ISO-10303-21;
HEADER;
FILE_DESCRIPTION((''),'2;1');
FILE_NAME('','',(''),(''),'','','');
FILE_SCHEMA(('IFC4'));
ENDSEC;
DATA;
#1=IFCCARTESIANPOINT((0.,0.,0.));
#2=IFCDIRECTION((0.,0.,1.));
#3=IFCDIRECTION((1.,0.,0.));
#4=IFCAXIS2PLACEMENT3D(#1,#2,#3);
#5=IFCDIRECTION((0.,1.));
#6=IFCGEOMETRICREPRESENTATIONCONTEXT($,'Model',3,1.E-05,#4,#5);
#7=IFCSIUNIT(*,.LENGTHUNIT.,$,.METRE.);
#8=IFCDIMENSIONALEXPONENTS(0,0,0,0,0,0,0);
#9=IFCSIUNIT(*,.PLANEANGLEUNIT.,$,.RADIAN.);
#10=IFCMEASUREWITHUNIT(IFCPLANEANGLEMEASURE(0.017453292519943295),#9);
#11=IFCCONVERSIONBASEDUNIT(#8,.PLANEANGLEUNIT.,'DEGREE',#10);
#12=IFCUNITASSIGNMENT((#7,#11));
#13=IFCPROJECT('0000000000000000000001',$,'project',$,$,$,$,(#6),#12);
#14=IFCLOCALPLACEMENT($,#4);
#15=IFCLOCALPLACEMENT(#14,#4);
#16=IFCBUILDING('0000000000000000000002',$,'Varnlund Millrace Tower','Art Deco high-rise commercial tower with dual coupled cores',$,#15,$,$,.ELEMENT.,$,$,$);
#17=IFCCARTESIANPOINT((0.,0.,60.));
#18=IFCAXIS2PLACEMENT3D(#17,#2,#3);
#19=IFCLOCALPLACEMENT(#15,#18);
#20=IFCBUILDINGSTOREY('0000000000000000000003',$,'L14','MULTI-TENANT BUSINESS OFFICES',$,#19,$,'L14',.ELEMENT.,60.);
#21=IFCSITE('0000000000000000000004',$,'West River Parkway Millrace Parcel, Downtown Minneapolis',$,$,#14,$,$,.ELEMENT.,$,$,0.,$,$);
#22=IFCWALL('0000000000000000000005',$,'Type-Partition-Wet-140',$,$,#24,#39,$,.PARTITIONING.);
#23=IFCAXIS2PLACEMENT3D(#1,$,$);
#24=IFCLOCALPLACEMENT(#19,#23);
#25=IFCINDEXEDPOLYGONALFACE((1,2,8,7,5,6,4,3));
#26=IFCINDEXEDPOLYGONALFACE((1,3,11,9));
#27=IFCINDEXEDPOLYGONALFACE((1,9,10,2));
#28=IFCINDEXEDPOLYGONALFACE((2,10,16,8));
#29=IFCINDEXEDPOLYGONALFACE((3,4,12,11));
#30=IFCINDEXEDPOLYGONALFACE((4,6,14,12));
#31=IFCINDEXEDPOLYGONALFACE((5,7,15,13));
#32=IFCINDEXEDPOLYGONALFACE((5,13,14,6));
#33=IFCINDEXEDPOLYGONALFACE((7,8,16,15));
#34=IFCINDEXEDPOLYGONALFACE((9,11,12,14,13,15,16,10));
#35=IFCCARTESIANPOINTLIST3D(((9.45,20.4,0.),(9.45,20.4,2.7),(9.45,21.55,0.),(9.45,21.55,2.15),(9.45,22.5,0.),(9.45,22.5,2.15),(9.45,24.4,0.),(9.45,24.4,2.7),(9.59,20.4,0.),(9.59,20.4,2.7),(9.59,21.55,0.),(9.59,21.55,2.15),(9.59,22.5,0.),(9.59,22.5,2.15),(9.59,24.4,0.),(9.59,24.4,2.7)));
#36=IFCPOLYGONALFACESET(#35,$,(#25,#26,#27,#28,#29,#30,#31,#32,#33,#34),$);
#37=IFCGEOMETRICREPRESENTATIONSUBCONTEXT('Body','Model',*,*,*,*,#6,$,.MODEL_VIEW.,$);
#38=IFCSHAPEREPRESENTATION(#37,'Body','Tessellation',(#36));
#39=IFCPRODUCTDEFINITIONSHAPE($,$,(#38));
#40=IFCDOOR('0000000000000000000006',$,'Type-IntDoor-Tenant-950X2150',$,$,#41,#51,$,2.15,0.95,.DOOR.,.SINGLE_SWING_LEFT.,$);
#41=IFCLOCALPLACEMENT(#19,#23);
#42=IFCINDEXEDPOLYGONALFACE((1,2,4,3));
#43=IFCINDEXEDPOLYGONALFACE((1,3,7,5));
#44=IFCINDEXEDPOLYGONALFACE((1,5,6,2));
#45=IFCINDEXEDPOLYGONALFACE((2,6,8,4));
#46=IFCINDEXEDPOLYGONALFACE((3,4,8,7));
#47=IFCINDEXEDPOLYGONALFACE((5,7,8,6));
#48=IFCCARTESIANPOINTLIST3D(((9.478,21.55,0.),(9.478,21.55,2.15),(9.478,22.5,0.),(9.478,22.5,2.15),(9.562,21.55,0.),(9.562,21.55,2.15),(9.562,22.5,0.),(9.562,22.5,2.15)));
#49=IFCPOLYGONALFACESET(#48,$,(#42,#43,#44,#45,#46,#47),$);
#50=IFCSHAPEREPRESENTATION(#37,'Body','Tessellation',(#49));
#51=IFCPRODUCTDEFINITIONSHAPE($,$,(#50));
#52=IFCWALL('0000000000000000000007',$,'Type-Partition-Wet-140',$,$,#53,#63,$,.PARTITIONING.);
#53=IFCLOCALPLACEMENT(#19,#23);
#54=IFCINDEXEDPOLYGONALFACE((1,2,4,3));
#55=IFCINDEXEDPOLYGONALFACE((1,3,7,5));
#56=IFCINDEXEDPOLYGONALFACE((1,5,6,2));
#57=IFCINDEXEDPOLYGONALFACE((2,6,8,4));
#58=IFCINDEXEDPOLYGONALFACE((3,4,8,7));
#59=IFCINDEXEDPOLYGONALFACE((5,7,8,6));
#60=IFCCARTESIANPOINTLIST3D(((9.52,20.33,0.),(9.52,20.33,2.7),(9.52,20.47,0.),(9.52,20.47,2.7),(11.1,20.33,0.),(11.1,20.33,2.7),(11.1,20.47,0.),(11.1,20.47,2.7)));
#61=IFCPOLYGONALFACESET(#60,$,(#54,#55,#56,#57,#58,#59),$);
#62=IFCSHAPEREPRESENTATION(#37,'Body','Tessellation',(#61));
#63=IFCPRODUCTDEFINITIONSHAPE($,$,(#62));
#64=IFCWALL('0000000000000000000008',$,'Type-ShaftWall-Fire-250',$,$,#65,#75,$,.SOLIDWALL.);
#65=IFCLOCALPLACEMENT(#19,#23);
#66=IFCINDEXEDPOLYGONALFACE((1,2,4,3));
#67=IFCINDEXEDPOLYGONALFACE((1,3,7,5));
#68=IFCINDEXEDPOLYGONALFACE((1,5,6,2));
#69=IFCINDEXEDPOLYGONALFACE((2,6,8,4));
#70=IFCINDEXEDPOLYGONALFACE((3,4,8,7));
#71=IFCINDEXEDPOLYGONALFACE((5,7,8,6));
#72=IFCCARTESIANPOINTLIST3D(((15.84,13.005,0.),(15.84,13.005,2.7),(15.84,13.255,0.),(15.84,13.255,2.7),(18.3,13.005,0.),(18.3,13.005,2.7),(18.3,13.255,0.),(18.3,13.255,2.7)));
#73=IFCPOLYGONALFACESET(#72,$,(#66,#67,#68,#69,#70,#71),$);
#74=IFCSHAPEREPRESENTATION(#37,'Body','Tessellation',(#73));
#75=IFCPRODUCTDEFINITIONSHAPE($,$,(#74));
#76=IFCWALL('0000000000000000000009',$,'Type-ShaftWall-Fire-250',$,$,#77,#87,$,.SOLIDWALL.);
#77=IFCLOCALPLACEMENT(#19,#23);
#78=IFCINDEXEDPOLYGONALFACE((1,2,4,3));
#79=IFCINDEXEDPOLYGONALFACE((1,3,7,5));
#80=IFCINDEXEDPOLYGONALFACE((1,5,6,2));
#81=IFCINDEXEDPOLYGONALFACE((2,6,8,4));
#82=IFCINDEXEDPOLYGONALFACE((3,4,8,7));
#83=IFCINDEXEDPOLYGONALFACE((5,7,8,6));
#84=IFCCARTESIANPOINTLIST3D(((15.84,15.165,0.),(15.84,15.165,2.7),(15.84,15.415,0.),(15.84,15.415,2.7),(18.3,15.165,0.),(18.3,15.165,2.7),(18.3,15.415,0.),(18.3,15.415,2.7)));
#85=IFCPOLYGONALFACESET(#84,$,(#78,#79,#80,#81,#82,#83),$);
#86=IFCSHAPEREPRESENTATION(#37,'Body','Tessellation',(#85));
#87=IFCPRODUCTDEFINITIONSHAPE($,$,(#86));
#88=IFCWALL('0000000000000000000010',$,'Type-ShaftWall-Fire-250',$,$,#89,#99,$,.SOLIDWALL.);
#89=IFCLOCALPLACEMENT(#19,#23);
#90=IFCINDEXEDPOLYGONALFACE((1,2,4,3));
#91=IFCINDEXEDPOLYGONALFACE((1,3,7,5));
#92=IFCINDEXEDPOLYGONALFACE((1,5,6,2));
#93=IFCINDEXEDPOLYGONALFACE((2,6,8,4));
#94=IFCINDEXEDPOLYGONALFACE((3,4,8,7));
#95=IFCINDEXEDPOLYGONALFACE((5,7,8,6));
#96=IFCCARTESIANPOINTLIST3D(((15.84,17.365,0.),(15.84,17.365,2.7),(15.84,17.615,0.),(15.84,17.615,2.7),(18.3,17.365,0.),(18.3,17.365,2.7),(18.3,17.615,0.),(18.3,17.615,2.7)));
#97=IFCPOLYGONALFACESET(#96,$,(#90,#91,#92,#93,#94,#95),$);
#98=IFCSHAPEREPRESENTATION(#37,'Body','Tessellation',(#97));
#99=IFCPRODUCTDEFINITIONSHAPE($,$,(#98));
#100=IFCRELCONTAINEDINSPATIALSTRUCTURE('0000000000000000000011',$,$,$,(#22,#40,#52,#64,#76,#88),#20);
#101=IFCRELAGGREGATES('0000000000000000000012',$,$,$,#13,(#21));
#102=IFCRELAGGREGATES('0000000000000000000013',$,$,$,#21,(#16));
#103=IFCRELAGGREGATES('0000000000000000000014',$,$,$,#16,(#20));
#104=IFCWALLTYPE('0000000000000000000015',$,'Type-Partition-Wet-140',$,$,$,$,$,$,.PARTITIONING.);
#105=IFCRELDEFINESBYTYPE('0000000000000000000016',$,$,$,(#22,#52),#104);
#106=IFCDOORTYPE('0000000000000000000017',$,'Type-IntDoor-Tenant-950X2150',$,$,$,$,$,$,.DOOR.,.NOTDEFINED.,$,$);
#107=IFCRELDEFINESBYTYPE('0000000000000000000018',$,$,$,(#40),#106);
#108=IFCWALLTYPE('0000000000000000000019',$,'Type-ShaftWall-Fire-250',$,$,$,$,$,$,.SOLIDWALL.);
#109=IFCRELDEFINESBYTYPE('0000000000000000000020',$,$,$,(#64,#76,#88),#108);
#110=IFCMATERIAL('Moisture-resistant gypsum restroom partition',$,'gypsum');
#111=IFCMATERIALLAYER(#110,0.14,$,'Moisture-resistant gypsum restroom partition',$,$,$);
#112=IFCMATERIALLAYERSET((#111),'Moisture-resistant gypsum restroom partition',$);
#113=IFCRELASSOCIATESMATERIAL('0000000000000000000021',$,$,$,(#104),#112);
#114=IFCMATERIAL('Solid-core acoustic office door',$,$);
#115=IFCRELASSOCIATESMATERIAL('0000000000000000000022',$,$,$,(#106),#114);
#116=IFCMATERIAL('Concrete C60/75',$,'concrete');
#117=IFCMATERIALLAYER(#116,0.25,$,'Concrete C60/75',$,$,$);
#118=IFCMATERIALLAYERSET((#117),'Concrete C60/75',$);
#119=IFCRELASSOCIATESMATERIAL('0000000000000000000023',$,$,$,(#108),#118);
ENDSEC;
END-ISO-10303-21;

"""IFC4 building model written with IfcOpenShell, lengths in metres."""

from ifc_helpers import new_model, entity, si_unit, converted_unit, direction, frame, origin_with_axes, origin_2d_with_axis, place, context, subcontext, project, spatial, polyline, rectangle, outline, extrude, material, layer, layer_set, type_object, element, fill, save


model = new_model("IFC4")

# Units and contexts
model_context = context("Model", 3, precision=1e-05, world=origin_with_axes(), true_north=direction((0.0, 1.0)))
body_context = subcontext(model_context, "Body", "Model", "MODEL_VIEW")
ifc_project = project(units=[si_unit("LENGTHUNIT", "METRE"), converted_unit("PLANEANGLEUNIT", "DEGREE", entity("IfcPlaneAngleMeasure", 0.017453292519943295), si_unit("PLANEANGLEUNIT", "RADIAN"), dimensions=[0, 0, 0, 0, 0, 0, 0])], contexts=[model_context])

# Site, building, storey
site_placement = place(None, origin_with_axes())
site = spatial("IfcSite", under=ifc_project, at=site_placement, Name="West River Parkway Millrace Parcel, Downtown Minneapolis", CompositionType="ELEMENT", RefElevation=0.0)
building_placement = place(site_placement, origin_with_axes())
building = spatial("IfcBuilding", under=site, at=building_placement, Name="Varnlund Millrace Tower", Description="Art Deco high-rise commercial tower with dual coupled cores", CompositionType="ELEMENT")
storey_placement = place(building_placement, frame((0.0, 0.0, 60.0), z_axis=(0.0, 0.0, 1.0), x_axis=(1.0, 0.0, 0.0)))
storey = spatial("IfcBuildingStorey", under=building, at=storey_placement, Name="L14", Description="MULTI-TENANT BUSINESS OFFICES", LongName="L14", CompositionType="ELEMENT", Elevation=60.0)

# Wall, opening, door
ifc_material_1 = material(Name="Moisture-resistant gypsum restroom partition", Category="gypsum")
ifc_layer_1 = layer(ifc_material_1, 0.14, Name="Moisture-resistant gypsum restroom partition")
ifc_layer_set_1 = layer_set([ifc_layer_1], Name="Moisture-resistant gypsum restroom partition")
wall_type_1 = type_object("IfcWallType", Name="Type-Partition-Wet-140", PredefinedType="PARTITIONING", material=ifc_layer_set_1)
wall_1_placement = place(storey_placement, frame((9.52, 20.4, 0.0), z_axis=(0.0, 0.0, 1.0), x_axis=(0.0, 1.0, 0.0)))
wall_1 = element("IfcWall", 1, at=wall_1_placement, inside=storey, type_object=wall_type_1, Name="Type-Partition-Wet-140", PredefinedType="PARTITIONING", context=body_context, shape_type="SweptSolid", body=[
    extrude(outline(polyline([(0.0, -0.07), (4.0, -0.07), (4.0, 0.07), (0.0, 0.07), (0.0, -0.07)])), origin_with_axes(), (0.0, 0.0, 1.0), 2.7),
])
opening_1_placement = place(wall_1_placement, frame((1.625, 0.0, 0.0), z_axis=(0.0, 0.0, 1.0), x_axis=(1.0, 0.0, 0.0)))
opening_1 = element("IfcOpeningElement", 2, at=opening_1_placement, cuts=wall_1, PredefinedType="OPENING", context=body_context, shape_type="SweptSolid", body=[
    extrude(rectangle(XDim=0.95, YDim=0.16, at=origin_2d_with_axis()), origin_with_axes(), (0.0, 0.0, 1.0), 2.15),
])
ifc_material_2 = material(Name="Solid-core acoustic office door")
door_type_1 = type_object("IfcDoorType", Name="Type-IntDoor-Tenant-950X2150", OperationType="NOTDEFINED", PredefinedType="DOOR", material=ifc_material_2)
door_1_placement = place(wall_1_placement, frame((1.625, 0.0, 0.0), z_axis=(0.0, 0.0, 1.0), x_axis=(1.0, 0.0, 0.0)))
door_1 = element("IfcDoor", 3, at=door_1_placement, inside=storey, type_object=door_type_1, Name="Type-IntDoor-Tenant-950X2150", OperationType="SINGLE_SWING_LEFT", OverallHeight=2.15, OverallWidth=0.95, PredefinedType="DOOR", context=body_context, shape_type="SweptSolid", body=[
    extrude(rectangle(XDim=0.95, YDim=0.084, at=origin_2d_with_axis()), origin_with_axes(), (0.0, 0.0, 1.0), 2.15),
])
fill(opening_1, door_1)

# Walls
wall_2_placement = place(storey_placement, frame((9.52, 20.4, 0.0), z_axis=(0.0, 0.0, 1.0), x_axis=(1.0, 0.0, 0.0)))
element("IfcWall", 4, at=wall_2_placement, inside=storey, type_object=wall_type_1, Name="Type-Partition-Wet-140", PredefinedType="PARTITIONING", context=body_context, shape_type="SweptSolid", body=[
    extrude(outline(polyline([(0.0, -0.07), (1.58, -0.07), (1.58, 0.07), (0.0, 0.07), (0.0, -0.07)])), origin_with_axes(), (0.0, 0.0, 1.0), 2.7),
])
ifc_material_3 = material(Name="Concrete C60/75", Category="concrete")
ifc_layer_2 = layer(ifc_material_3, 0.25, Name="Concrete C60/75")
ifc_layer_set_2 = layer_set([ifc_layer_2], Name="Concrete C60/75")
wall_type_2 = type_object("IfcWallType", Name="Type-ShaftWall-Fire-250", PredefinedType="SOLIDWALL", material=ifc_layer_set_2)
for number, where, z_axis, x_axis, name in (
    (5, (15.84, 13.13, 0.0), (0.0, 0.0, 1.0), (1.0, 0.0, 0.0), "Type-ShaftWall-Fire-250"),
    (6, (15.84, 15.29, 0.0), (0.0, 0.0, 1.0), (1.0, 0.0, 0.0), "Type-ShaftWall-Fire-250"),
    (7, (15.84, 17.49, 0.0), (0.0, 0.0, 1.0), (1.0, 0.0, 0.0), "Type-ShaftWall-Fire-250"),
):
    element("IfcWall", number, at=place(storey_placement, frame(where, z_axis=z_axis, x_axis=x_axis)), inside=storey, type_object=wall_type_2, Name=name, PredefinedType="SOLIDWALL", context=body_context, shape_type="SweptSolid", body=[
        extrude(outline(polyline([(0.0, -0.125), (2.46, -0.125), (2.46, 0.125), (0.0, 0.125), (0.0, -0.125)])), origin_with_axes(), (0.0, 0.0, 1.0), 2.7),
    ])

save(model, "model.ifc")
